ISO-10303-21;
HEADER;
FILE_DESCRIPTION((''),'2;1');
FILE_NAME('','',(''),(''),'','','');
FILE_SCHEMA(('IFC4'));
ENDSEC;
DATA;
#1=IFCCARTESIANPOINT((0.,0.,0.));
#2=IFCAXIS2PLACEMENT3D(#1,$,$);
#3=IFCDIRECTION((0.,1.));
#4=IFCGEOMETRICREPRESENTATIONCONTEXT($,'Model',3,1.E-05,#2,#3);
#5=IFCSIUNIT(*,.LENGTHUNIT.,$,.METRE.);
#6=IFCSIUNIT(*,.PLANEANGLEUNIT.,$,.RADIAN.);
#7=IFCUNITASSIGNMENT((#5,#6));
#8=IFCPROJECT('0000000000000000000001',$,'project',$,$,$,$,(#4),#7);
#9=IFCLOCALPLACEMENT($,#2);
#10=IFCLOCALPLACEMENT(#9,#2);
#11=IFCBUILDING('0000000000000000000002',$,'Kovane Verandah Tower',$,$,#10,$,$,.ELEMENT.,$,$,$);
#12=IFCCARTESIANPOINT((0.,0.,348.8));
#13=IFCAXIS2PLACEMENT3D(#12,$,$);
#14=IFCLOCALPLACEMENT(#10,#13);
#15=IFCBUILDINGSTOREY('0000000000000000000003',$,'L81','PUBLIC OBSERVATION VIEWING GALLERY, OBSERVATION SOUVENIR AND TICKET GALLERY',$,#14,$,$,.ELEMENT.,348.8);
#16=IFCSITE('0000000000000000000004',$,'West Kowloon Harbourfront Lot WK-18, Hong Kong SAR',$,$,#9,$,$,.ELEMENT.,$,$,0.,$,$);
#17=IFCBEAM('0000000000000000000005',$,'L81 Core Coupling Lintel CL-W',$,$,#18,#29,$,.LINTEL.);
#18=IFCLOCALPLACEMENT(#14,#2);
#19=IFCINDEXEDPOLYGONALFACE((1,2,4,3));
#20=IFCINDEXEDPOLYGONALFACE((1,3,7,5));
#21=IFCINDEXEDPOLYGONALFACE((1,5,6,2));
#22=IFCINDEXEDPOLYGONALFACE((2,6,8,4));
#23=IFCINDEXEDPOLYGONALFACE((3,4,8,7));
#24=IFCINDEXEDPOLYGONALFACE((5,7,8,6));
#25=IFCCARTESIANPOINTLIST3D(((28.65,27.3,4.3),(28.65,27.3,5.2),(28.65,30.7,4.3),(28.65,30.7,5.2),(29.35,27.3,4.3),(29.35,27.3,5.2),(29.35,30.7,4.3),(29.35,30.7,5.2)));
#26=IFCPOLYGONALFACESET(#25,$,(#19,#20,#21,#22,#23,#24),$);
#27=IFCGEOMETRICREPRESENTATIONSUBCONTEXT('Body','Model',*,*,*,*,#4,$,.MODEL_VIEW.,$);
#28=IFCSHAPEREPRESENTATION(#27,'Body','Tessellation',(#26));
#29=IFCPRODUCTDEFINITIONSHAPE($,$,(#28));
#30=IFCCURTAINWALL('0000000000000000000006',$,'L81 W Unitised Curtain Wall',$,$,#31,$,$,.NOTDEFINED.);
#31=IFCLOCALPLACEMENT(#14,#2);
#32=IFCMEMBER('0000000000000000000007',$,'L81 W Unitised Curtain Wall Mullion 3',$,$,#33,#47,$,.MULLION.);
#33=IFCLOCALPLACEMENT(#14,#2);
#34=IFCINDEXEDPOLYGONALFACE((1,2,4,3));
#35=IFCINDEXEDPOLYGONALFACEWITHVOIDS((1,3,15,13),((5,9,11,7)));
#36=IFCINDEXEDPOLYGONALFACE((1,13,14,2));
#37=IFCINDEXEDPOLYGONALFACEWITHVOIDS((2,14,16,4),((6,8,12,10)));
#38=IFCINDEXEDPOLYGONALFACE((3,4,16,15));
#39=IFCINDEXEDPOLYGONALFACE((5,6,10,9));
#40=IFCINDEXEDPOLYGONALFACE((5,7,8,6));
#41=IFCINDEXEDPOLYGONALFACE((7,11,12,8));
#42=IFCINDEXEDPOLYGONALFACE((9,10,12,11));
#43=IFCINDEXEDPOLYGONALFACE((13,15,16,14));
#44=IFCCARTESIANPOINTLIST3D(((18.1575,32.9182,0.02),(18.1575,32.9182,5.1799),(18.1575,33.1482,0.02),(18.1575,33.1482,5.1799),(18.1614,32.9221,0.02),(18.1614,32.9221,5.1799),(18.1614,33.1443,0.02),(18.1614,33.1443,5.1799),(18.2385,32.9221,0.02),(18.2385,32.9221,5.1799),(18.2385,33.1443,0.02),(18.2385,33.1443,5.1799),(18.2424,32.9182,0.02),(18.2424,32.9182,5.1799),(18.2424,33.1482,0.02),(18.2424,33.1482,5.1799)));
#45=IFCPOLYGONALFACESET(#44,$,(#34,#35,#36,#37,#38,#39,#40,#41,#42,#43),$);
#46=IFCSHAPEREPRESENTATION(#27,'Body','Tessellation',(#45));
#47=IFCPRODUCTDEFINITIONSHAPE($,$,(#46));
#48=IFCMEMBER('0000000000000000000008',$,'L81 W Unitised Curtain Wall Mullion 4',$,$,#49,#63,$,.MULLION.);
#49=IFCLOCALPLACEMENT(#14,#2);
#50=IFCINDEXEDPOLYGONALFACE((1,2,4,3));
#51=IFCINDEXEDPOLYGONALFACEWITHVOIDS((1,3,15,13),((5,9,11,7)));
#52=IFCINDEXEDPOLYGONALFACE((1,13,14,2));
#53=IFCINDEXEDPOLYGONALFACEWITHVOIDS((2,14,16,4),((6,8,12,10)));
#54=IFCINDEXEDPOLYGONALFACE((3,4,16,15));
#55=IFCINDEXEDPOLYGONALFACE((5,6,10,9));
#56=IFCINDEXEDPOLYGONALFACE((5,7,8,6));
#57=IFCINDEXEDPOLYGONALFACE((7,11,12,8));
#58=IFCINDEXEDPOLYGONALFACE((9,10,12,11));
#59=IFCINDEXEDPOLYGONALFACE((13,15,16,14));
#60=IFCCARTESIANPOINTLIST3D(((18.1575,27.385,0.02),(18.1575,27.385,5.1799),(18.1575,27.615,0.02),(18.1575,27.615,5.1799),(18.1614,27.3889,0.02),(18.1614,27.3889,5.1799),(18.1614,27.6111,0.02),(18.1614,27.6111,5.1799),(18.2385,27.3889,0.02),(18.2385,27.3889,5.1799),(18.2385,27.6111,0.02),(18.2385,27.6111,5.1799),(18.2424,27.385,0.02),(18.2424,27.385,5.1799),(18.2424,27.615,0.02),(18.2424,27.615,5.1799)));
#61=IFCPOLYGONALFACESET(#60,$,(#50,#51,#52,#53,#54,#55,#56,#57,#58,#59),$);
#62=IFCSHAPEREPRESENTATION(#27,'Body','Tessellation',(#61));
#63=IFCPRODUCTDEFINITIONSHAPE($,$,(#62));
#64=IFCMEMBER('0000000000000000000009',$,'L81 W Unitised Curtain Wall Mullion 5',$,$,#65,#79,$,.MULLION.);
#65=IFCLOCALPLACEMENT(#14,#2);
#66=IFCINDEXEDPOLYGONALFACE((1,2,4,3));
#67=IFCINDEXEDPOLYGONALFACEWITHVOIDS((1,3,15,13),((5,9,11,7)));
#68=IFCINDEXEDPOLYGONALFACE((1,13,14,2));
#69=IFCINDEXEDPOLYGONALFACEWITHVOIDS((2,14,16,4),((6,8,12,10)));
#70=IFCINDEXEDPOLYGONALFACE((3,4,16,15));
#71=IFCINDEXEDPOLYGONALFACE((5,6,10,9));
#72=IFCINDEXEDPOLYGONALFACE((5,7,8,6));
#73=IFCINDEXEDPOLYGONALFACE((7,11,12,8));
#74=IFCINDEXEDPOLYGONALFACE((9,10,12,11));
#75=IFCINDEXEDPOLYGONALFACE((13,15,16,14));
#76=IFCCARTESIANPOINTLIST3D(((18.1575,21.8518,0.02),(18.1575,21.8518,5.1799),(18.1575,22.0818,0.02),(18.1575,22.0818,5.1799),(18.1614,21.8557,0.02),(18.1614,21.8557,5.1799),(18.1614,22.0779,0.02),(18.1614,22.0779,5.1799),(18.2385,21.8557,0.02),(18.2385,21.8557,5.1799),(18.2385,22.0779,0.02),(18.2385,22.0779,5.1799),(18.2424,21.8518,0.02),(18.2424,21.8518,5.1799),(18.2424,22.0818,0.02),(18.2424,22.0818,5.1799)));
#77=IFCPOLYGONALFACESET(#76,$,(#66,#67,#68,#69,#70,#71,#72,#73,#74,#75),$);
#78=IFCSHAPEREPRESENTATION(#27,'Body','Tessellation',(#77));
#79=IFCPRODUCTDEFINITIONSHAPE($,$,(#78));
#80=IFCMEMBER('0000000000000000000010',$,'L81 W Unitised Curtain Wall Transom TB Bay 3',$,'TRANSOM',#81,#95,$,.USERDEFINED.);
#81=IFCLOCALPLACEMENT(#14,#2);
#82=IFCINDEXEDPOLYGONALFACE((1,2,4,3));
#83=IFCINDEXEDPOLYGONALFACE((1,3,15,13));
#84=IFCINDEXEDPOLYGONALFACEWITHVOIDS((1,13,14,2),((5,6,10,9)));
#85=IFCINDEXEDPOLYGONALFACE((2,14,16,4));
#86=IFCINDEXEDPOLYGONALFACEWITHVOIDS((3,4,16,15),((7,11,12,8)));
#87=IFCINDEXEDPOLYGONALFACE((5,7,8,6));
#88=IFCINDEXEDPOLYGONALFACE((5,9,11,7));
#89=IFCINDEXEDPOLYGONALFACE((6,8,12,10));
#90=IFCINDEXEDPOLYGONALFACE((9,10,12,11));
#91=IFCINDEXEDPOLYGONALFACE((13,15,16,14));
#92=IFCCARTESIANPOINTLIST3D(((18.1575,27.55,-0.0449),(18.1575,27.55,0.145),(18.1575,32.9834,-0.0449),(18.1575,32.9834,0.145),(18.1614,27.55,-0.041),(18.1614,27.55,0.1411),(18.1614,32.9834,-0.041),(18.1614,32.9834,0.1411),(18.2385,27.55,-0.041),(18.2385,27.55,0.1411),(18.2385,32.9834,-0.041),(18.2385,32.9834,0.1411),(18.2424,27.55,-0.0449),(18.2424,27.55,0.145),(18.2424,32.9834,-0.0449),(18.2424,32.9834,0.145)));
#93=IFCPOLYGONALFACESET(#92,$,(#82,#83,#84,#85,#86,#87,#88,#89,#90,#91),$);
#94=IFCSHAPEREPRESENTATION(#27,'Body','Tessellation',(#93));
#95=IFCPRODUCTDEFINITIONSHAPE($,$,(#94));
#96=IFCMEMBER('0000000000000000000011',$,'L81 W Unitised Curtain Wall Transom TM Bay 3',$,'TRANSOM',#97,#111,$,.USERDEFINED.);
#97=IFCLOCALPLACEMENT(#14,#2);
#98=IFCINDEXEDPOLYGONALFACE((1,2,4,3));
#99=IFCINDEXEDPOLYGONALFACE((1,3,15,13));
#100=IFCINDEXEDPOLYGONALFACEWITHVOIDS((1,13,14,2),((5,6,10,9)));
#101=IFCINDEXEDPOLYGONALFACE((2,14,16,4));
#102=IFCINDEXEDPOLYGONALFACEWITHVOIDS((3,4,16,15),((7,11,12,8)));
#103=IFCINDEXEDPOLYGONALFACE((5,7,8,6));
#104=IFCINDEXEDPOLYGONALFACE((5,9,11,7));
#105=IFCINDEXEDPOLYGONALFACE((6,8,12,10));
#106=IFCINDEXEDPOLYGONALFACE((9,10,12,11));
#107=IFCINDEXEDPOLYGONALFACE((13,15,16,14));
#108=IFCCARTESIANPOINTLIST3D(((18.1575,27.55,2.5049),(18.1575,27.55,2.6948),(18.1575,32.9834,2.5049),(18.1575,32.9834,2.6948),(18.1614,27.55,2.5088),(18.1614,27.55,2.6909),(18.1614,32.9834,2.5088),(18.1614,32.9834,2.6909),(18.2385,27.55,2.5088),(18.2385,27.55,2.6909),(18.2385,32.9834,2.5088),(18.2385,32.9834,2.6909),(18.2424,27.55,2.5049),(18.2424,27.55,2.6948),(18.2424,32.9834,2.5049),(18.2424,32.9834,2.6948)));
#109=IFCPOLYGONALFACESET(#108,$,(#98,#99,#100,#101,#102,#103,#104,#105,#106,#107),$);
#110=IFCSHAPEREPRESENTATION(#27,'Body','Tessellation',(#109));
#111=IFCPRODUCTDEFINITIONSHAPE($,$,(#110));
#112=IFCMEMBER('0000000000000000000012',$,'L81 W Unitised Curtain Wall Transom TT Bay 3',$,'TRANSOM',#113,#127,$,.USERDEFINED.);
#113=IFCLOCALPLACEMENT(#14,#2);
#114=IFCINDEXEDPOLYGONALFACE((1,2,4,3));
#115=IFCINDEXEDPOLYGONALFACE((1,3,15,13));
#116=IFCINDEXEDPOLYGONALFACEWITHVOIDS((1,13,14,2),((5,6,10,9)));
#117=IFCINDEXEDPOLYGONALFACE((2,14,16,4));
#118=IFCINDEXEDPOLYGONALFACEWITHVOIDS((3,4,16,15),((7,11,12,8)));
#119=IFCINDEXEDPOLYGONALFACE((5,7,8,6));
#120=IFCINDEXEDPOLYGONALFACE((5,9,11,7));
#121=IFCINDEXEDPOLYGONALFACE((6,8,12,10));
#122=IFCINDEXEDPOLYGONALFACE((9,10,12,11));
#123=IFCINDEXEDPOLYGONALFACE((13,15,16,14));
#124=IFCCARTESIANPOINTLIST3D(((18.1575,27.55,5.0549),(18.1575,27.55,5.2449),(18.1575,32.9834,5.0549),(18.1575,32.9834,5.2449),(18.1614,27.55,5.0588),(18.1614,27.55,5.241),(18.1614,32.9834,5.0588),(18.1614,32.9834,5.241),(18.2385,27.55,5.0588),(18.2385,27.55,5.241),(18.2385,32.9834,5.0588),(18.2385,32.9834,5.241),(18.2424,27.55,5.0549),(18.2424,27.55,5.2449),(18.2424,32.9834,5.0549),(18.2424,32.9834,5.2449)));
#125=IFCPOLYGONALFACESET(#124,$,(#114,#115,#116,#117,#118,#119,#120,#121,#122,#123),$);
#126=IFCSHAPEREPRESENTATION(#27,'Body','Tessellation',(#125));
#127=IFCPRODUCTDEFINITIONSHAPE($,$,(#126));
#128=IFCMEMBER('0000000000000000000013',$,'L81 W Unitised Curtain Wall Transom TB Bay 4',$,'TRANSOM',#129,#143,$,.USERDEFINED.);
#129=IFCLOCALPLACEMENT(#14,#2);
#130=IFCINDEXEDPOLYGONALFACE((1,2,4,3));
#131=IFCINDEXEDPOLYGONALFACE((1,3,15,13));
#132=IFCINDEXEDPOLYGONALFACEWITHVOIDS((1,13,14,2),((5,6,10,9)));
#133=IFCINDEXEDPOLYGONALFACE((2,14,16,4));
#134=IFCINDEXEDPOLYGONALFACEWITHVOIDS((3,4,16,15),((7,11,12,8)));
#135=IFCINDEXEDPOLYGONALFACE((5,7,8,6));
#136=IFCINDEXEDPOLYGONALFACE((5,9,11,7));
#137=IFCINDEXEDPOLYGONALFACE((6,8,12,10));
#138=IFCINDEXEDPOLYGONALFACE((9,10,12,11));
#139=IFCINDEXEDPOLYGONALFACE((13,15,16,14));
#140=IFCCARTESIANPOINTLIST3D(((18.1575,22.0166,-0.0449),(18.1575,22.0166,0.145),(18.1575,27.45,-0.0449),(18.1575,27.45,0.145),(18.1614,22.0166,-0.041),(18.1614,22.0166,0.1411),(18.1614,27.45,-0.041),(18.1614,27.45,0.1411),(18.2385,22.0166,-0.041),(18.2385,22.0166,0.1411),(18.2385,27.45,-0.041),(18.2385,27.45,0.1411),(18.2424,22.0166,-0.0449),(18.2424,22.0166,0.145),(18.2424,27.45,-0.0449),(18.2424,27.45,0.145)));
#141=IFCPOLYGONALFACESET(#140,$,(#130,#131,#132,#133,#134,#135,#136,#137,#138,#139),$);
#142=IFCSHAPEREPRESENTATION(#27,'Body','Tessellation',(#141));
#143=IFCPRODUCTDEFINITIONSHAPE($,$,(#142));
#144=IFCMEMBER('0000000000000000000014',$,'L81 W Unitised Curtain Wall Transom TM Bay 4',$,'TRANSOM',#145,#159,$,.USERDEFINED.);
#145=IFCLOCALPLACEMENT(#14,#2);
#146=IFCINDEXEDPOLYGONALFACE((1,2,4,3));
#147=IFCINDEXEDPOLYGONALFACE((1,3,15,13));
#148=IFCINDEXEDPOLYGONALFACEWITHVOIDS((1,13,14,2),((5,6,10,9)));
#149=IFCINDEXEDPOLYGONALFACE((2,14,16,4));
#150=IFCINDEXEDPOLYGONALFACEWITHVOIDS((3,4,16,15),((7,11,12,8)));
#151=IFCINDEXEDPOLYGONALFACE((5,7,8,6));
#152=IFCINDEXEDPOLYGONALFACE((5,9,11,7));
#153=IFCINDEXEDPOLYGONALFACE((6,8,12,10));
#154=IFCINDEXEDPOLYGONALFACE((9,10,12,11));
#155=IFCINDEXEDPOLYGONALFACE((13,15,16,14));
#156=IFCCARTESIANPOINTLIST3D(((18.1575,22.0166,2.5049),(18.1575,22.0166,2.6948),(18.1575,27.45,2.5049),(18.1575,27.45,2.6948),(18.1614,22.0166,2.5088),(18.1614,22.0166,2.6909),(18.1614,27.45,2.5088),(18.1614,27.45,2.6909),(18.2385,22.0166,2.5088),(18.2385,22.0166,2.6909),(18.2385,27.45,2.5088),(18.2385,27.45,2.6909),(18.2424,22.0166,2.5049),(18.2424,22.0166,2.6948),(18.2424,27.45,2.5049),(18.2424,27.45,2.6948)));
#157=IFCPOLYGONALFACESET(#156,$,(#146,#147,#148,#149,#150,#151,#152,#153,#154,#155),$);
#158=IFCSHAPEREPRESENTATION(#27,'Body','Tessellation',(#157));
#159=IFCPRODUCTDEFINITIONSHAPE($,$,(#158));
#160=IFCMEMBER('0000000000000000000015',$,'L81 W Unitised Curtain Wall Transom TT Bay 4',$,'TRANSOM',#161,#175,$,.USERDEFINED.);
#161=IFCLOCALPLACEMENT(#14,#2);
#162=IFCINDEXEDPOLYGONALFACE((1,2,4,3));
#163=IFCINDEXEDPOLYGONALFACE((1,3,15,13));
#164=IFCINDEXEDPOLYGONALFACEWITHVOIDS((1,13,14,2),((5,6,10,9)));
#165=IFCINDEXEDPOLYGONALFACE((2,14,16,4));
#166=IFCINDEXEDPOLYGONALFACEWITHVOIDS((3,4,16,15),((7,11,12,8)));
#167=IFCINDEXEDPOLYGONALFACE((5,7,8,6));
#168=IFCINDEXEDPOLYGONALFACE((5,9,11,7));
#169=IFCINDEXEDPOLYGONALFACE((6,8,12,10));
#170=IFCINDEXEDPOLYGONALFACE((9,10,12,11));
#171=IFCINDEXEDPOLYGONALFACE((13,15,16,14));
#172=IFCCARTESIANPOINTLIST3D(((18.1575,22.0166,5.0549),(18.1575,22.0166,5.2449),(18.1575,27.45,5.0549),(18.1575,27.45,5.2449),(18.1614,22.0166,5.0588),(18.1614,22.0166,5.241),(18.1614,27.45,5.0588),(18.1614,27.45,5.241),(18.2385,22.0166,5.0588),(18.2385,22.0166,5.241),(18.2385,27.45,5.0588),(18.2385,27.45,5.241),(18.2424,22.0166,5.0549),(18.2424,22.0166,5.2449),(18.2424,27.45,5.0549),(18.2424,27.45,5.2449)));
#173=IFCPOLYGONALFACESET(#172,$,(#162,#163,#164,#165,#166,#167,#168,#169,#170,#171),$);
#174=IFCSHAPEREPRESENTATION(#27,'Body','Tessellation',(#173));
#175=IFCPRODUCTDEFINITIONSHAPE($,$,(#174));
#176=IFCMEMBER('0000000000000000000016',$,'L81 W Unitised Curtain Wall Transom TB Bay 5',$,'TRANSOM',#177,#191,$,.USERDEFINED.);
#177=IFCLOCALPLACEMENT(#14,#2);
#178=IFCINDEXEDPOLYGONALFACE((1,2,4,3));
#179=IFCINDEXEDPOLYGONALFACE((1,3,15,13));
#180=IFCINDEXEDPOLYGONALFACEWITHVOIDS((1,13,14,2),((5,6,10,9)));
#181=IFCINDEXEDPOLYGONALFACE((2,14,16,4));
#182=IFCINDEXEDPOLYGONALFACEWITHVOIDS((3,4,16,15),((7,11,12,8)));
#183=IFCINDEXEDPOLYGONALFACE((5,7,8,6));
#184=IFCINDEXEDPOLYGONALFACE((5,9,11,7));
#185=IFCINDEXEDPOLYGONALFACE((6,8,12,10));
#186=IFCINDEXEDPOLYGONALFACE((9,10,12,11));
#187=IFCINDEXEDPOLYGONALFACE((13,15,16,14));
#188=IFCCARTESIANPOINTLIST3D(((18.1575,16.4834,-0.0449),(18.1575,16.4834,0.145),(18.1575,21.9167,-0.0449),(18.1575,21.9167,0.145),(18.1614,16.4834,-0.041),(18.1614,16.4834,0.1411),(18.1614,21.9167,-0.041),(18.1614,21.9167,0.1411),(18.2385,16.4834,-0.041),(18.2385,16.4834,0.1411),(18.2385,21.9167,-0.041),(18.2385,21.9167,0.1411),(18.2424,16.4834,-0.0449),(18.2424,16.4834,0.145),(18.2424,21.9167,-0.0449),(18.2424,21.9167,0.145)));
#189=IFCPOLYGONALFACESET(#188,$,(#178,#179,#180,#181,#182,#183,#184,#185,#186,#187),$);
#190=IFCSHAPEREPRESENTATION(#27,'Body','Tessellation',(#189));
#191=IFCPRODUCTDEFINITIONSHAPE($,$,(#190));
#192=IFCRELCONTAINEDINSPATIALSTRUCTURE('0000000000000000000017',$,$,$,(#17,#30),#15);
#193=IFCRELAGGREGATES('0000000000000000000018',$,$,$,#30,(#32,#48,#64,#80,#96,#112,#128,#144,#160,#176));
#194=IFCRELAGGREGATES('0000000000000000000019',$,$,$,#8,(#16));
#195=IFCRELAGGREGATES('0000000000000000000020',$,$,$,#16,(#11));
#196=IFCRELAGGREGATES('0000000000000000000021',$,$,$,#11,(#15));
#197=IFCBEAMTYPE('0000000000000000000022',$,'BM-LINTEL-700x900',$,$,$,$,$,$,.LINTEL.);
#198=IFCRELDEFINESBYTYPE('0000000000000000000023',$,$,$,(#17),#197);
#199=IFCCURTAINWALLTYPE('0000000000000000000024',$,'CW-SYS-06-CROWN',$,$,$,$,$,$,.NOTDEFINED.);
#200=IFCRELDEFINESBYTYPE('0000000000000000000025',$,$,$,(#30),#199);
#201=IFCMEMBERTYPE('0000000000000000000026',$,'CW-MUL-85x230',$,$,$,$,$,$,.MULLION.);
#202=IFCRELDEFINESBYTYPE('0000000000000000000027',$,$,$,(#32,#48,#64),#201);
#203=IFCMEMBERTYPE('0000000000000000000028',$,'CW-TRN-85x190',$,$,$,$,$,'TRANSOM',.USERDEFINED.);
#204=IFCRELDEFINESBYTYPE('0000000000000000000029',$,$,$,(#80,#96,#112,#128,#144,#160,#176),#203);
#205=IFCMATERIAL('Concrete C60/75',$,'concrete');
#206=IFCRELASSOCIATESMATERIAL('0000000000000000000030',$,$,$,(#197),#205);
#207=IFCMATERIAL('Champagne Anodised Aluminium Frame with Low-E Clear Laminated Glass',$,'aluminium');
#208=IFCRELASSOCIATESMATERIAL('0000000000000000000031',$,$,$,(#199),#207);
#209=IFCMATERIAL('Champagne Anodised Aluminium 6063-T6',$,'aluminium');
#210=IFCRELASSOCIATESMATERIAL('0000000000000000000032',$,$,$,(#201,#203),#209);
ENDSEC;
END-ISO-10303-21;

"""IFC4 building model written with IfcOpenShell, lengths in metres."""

from ifc_helpers import new_model, si_unit, direction, frame, origin, origin_2d, place, context, subcontext, project, spatial, rectangle, hollow_rectangle, extrude, material, material_profile, profile_set, type_object, element, aggregate, save


model = new_model("IFC4")

# Units and contexts
model_context = context("Model", 3, precision=1e-05, world=origin(), true_north=direction((0.0, 1.0)))
body_context = subcontext(model_context, "Body", "Model", "MODEL_VIEW")
ifc_project = project(units=[si_unit("LENGTHUNIT", "METRE"), si_unit("PLANEANGLEUNIT", "RADIAN")], contexts=[model_context])

# Site, building, storey
site_placement = place(None, origin())
site = spatial("IfcSite", under=ifc_project, at=site_placement, Name="West Kowloon Harbourfront Lot WK-18, Hong Kong SAR", CompositionType="ELEMENT", RefElevation=0.0)
building_placement = place(site_placement, origin())
building = spatial("IfcBuilding", under=site, at=building_placement, Name="Kovane Verandah Tower", CompositionType="ELEMENT")
storey_placement = place(building_placement, frame((0.0, 0.0, 348.8)))
storey = spatial("IfcBuildingStorey", under=building, at=storey_placement, Name="L81", Description="PUBLIC OBSERVATION VIEWING GALLERY, OBSERVATION SOUVENIR AND TICKET GALLERY", CompositionType="ELEMENT", Elevation=348.8)

# Beam
ifc_material_1 = material(Name="Concrete C60/75", Category="concrete")
ifc_material_profile_1 = material_profile(ifc_material_1, rectangle(XDim=0.7, YDim=0.8999, at=origin_2d()), Name="RCB700x900")
ifc_profile_set_1 = profile_set([ifc_material_profile_1], Name="Concrete C60/75")
beam_type = type_object("IfcBeamType", Name="BM-LINTEL-700x900", PredefinedType="LINTEL", material=ifc_profile_set_1)
beam_placement = place(storey_placement, frame((29.0, 27.3, 4.75), z_axis=(0.0, 1.0, 0.0), x_axis=(-1.0, 0.0, 0.0)))
element("IfcBeam", 1, at=beam_placement, inside=storey, type_object=beam_type, Name="L81 Core Coupling Lintel CL-W", PredefinedType="LINTEL", context=body_context, shape_type="SweptSolid", body=[
    extrude(rectangle(XDim=0.7, YDim=0.8999, at=origin_2d()), origin(), (0.0, 0.0, 1.0), 3.3999),
])

# Curtain wall, members
ifc_material_2 = material(Name="Champagne Anodised Aluminium Frame with Low-E Clear Laminated Glass", Category="aluminium")
curtain_wall_type = type_object("IfcCurtainWallType", Name="CW-SYS-06-CROWN", PredefinedType="NOTDEFINED", material=ifc_material_2)
curtain_wall_placement = place(storey_placement, origin())
curtain_wall = element("IfcCurtainWall", 2, at=curtain_wall_placement, inside=storey, type_object=curtain_wall_type, Name="L81 W Unitised Curtain Wall", PredefinedType="NOTDEFINED")
ifc_material_3 = material(Name="Champagne Anodised Aluminium 6063-T6", Category="aluminium")
ifc_material_profile_2 = material_profile(ifc_material_3, hollow_rectangle(XDim=0.085, YDim=0.23, WallThickness=0.0039, at=origin_2d()), Name="AL85x230x4")
ifc_profile_set_2 = profile_set([ifc_material_profile_2], Name="Champagne Anodised Aluminium 6063-T6")
member_type_1 = type_object("IfcMemberType", Name="CW-MUL-85x230", PredefinedType="MULLION", material=ifc_profile_set_2)
member_1_placement = place(storey_placement, frame((18.2, 33.0332, 0.02), z_axis=(0.0, 0.0, 1.0), x_axis=(-1.0, 0.0, 0.0)))
member_1 = element("IfcMember", 3, at=member_1_placement, type_object=member_type_1, Name="L81 W Unitised Curtain Wall Mullion 3", PredefinedType="MULLION", context=body_context, shape_type="SweptSolid", body=[
    extrude(hollow_rectangle(XDim=0.085, YDim=0.23, WallThickness=0.0039, at=origin_2d()), origin(), (0.0, 0.0, 1.0), 5.1599),
])
member_2_placement = place(storey_placement, frame((18.2, 27.5, 0.02), z_axis=(0.0, 0.0, 1.0), x_axis=(-1.0, 0.0, 0.0)))
member_2 = element("IfcMember", 4, at=member_2_placement, type_object=member_type_1, Name="L81 W Unitised Curtain Wall Mullion 4", PredefinedType="MULLION", context=body_context, shape_type="SweptSolid", body=[
    extrude(hollow_rectangle(XDim=0.085, YDim=0.23, WallThickness=0.0039, at=origin_2d()), origin(), (0.0, 0.0, 1.0), 5.1599),
])
member_3_placement = place(storey_placement, frame((18.2, 21.9668, 0.02), z_axis=(0.0, 0.0, 1.0), x_axis=(-1.0, 0.0, 0.0)))
member_3 = element("IfcMember", 5, at=member_3_placement, type_object=member_type_1, Name="L81 W Unitised Curtain Wall Mullion 5", PredefinedType="MULLION", context=body_context, shape_type="SweptSolid", body=[
    extrude(hollow_rectangle(XDim=0.085, YDim=0.23, WallThickness=0.0039, at=origin_2d()), origin(), (0.0, 0.0, 1.0), 5.1599),
])
ifc_material_profile_3 = material_profile(ifc_material_3, hollow_rectangle(XDim=0.085, YDim=0.1899, WallThickness=0.0039, at=origin_2d()), Name="AL85x190x4")
ifc_profile_set_3 = profile_set([ifc_material_profile_3], Name="Champagne Anodised Aluminium 6063-T6")
member_type_2 = type_object("IfcMemberType", Name="CW-TRN-85x190", ElementType="TRANSOM", PredefinedType="USERDEFINED", material=ifc_profile_set_3)
member_4_placement = place(storey_placement, frame((18.2, 32.9834, 0.05), z_axis=(0.0, -1.0, 0.0), x_axis=(1.0, 0.0, 0.0)))
member_4 = element("IfcMember", 6, at=member_4_placement, type_object=member_type_2, Name="L81 W Unitised Curtain Wall Transom TB Bay 3", ObjectType="TRANSOM", PredefinedType="USERDEFINED", context=body_context, shape_type="SweptSolid", body=[
    extrude(hollow_rectangle(XDim=0.085, YDim=0.1899, WallThickness=0.0039, at=origin_2d()), origin(), (0.0, 0.0, 1.0), 5.4333),
])
member_5_placement = place(storey_placement, frame((18.2, 32.9834, 2.5999), z_axis=(0.0, -1.0, 0.0), x_axis=(1.0, 0.0, 0.0)))
member_5 = element("IfcMember", 7, at=member_5_placement, type_object=member_type_2, Name="L81 W Unitised Curtain Wall Transom TM Bay 3", ObjectType="TRANSOM", PredefinedType="USERDEFINED", context=body_context, shape_type="SweptSolid", body=[
    extrude(hollow_rectangle(XDim=0.085, YDim=0.1899, WallThickness=0.0039, at=origin_2d()), origin(), (0.0, 0.0, 1.0), 5.4333),
])
member_6_placement = place(storey_placement, frame((18.2, 32.9834, 5.1499), z_axis=(0.0, -1.0, 0.0), x_axis=(1.0, 0.0, 0.0)))
member_6 = element("IfcMember", 8, at=member_6_placement, type_object=member_type_2, Name="L81 W Unitised Curtain Wall Transom TT Bay 3", ObjectType="TRANSOM", PredefinedType="USERDEFINED", context=body_context, shape_type="SweptSolid", body=[
    extrude(hollow_rectangle(XDim=0.085, YDim=0.1899, WallThickness=0.0039, at=origin_2d()), origin(), (0.0, 0.0, 1.0), 5.4333),
])
member_7_placement = place(storey_placement, frame((18.2, 27.45, 0.05), z_axis=(0.0, -1.0, 0.0), x_axis=(1.0, 0.0, 0.0)))
member_7 = element("IfcMember", 9, at=member_7_placement, type_object=member_type_2, Name="L81 W Unitised Curtain Wall Transom TB Bay 4", ObjectType="TRANSOM", PredefinedType="USERDEFINED", context=body_context, shape_type="SweptSolid", body=[
    extrude(hollow_rectangle(XDim=0.085, YDim=0.1899, WallThickness=0.0039, at=origin_2d()), origin(), (0.0, 0.0, 1.0), 5.4333),
])
member_8_placement = place(storey_placement, frame((18.2, 27.45, 2.5999), z_axis=(0.0, -1.0, 0.0), x_axis=(1.0, 0.0, 0.0)))
member_8 = element("IfcMember", 10, at=member_8_placement, type_object=member_type_2, Name="L81 W Unitised Curtain Wall Transom TM Bay 4", ObjectType="TRANSOM", PredefinedType="USERDEFINED", context=body_context, shape_type="SweptSolid", body=[
    extrude(hollow_rectangle(XDim=0.085, YDim=0.1899, WallThickness=0.0039, at=origin_2d()), origin(), (0.0, 0.0, 1.0), 5.4333),
])
member_9_placement = place(storey_placement, frame((18.2, 27.45, 5.1499), z_axis=(0.0, -1.0, 0.0), x_axis=(1.0, 0.0, 0.0)))
member_9 = element("IfcMember", 11, at=member_9_placement, type_object=member_type_2, Name="L81 W Unitised Curtain Wall Transom TT Bay 4", ObjectType="TRANSOM", PredefinedType="USERDEFINED", context=body_context, shape_type="SweptSolid", body=[
    extrude(hollow_rectangle(XDim=0.085, YDim=0.1899, WallThickness=0.0039, at=origin_2d()), origin(), (0.0, 0.0, 1.0), 5.4333),
])
member_10_placement = place(storey_placement, frame((18.2, 21.9167, 0.05), z_axis=(0.0, -1.0, 0.0), x_axis=(1.0, 0.0, 0.0)))
member_10 = element("IfcMember", 12, at=member_10_placement, type_object=member_type_2, Name="L81 W Unitised Curtain Wall Transom TB Bay 5", ObjectType="TRANSOM", PredefinedType="USERDEFINED", context=body_context, shape_type="SweptSolid", body=[
    extrude(hollow_rectangle(XDim=0.085, YDim=0.1899, WallThickness=0.0039, at=origin_2d()), origin(), (0.0, 0.0, 1.0), 5.4333),
])
aggregate(curtain_wall, [member_1, member_2, member_3, member_4, member_5, member_6, member_7, member_8, member_9, member_10])

save(model, "model.ifc")
